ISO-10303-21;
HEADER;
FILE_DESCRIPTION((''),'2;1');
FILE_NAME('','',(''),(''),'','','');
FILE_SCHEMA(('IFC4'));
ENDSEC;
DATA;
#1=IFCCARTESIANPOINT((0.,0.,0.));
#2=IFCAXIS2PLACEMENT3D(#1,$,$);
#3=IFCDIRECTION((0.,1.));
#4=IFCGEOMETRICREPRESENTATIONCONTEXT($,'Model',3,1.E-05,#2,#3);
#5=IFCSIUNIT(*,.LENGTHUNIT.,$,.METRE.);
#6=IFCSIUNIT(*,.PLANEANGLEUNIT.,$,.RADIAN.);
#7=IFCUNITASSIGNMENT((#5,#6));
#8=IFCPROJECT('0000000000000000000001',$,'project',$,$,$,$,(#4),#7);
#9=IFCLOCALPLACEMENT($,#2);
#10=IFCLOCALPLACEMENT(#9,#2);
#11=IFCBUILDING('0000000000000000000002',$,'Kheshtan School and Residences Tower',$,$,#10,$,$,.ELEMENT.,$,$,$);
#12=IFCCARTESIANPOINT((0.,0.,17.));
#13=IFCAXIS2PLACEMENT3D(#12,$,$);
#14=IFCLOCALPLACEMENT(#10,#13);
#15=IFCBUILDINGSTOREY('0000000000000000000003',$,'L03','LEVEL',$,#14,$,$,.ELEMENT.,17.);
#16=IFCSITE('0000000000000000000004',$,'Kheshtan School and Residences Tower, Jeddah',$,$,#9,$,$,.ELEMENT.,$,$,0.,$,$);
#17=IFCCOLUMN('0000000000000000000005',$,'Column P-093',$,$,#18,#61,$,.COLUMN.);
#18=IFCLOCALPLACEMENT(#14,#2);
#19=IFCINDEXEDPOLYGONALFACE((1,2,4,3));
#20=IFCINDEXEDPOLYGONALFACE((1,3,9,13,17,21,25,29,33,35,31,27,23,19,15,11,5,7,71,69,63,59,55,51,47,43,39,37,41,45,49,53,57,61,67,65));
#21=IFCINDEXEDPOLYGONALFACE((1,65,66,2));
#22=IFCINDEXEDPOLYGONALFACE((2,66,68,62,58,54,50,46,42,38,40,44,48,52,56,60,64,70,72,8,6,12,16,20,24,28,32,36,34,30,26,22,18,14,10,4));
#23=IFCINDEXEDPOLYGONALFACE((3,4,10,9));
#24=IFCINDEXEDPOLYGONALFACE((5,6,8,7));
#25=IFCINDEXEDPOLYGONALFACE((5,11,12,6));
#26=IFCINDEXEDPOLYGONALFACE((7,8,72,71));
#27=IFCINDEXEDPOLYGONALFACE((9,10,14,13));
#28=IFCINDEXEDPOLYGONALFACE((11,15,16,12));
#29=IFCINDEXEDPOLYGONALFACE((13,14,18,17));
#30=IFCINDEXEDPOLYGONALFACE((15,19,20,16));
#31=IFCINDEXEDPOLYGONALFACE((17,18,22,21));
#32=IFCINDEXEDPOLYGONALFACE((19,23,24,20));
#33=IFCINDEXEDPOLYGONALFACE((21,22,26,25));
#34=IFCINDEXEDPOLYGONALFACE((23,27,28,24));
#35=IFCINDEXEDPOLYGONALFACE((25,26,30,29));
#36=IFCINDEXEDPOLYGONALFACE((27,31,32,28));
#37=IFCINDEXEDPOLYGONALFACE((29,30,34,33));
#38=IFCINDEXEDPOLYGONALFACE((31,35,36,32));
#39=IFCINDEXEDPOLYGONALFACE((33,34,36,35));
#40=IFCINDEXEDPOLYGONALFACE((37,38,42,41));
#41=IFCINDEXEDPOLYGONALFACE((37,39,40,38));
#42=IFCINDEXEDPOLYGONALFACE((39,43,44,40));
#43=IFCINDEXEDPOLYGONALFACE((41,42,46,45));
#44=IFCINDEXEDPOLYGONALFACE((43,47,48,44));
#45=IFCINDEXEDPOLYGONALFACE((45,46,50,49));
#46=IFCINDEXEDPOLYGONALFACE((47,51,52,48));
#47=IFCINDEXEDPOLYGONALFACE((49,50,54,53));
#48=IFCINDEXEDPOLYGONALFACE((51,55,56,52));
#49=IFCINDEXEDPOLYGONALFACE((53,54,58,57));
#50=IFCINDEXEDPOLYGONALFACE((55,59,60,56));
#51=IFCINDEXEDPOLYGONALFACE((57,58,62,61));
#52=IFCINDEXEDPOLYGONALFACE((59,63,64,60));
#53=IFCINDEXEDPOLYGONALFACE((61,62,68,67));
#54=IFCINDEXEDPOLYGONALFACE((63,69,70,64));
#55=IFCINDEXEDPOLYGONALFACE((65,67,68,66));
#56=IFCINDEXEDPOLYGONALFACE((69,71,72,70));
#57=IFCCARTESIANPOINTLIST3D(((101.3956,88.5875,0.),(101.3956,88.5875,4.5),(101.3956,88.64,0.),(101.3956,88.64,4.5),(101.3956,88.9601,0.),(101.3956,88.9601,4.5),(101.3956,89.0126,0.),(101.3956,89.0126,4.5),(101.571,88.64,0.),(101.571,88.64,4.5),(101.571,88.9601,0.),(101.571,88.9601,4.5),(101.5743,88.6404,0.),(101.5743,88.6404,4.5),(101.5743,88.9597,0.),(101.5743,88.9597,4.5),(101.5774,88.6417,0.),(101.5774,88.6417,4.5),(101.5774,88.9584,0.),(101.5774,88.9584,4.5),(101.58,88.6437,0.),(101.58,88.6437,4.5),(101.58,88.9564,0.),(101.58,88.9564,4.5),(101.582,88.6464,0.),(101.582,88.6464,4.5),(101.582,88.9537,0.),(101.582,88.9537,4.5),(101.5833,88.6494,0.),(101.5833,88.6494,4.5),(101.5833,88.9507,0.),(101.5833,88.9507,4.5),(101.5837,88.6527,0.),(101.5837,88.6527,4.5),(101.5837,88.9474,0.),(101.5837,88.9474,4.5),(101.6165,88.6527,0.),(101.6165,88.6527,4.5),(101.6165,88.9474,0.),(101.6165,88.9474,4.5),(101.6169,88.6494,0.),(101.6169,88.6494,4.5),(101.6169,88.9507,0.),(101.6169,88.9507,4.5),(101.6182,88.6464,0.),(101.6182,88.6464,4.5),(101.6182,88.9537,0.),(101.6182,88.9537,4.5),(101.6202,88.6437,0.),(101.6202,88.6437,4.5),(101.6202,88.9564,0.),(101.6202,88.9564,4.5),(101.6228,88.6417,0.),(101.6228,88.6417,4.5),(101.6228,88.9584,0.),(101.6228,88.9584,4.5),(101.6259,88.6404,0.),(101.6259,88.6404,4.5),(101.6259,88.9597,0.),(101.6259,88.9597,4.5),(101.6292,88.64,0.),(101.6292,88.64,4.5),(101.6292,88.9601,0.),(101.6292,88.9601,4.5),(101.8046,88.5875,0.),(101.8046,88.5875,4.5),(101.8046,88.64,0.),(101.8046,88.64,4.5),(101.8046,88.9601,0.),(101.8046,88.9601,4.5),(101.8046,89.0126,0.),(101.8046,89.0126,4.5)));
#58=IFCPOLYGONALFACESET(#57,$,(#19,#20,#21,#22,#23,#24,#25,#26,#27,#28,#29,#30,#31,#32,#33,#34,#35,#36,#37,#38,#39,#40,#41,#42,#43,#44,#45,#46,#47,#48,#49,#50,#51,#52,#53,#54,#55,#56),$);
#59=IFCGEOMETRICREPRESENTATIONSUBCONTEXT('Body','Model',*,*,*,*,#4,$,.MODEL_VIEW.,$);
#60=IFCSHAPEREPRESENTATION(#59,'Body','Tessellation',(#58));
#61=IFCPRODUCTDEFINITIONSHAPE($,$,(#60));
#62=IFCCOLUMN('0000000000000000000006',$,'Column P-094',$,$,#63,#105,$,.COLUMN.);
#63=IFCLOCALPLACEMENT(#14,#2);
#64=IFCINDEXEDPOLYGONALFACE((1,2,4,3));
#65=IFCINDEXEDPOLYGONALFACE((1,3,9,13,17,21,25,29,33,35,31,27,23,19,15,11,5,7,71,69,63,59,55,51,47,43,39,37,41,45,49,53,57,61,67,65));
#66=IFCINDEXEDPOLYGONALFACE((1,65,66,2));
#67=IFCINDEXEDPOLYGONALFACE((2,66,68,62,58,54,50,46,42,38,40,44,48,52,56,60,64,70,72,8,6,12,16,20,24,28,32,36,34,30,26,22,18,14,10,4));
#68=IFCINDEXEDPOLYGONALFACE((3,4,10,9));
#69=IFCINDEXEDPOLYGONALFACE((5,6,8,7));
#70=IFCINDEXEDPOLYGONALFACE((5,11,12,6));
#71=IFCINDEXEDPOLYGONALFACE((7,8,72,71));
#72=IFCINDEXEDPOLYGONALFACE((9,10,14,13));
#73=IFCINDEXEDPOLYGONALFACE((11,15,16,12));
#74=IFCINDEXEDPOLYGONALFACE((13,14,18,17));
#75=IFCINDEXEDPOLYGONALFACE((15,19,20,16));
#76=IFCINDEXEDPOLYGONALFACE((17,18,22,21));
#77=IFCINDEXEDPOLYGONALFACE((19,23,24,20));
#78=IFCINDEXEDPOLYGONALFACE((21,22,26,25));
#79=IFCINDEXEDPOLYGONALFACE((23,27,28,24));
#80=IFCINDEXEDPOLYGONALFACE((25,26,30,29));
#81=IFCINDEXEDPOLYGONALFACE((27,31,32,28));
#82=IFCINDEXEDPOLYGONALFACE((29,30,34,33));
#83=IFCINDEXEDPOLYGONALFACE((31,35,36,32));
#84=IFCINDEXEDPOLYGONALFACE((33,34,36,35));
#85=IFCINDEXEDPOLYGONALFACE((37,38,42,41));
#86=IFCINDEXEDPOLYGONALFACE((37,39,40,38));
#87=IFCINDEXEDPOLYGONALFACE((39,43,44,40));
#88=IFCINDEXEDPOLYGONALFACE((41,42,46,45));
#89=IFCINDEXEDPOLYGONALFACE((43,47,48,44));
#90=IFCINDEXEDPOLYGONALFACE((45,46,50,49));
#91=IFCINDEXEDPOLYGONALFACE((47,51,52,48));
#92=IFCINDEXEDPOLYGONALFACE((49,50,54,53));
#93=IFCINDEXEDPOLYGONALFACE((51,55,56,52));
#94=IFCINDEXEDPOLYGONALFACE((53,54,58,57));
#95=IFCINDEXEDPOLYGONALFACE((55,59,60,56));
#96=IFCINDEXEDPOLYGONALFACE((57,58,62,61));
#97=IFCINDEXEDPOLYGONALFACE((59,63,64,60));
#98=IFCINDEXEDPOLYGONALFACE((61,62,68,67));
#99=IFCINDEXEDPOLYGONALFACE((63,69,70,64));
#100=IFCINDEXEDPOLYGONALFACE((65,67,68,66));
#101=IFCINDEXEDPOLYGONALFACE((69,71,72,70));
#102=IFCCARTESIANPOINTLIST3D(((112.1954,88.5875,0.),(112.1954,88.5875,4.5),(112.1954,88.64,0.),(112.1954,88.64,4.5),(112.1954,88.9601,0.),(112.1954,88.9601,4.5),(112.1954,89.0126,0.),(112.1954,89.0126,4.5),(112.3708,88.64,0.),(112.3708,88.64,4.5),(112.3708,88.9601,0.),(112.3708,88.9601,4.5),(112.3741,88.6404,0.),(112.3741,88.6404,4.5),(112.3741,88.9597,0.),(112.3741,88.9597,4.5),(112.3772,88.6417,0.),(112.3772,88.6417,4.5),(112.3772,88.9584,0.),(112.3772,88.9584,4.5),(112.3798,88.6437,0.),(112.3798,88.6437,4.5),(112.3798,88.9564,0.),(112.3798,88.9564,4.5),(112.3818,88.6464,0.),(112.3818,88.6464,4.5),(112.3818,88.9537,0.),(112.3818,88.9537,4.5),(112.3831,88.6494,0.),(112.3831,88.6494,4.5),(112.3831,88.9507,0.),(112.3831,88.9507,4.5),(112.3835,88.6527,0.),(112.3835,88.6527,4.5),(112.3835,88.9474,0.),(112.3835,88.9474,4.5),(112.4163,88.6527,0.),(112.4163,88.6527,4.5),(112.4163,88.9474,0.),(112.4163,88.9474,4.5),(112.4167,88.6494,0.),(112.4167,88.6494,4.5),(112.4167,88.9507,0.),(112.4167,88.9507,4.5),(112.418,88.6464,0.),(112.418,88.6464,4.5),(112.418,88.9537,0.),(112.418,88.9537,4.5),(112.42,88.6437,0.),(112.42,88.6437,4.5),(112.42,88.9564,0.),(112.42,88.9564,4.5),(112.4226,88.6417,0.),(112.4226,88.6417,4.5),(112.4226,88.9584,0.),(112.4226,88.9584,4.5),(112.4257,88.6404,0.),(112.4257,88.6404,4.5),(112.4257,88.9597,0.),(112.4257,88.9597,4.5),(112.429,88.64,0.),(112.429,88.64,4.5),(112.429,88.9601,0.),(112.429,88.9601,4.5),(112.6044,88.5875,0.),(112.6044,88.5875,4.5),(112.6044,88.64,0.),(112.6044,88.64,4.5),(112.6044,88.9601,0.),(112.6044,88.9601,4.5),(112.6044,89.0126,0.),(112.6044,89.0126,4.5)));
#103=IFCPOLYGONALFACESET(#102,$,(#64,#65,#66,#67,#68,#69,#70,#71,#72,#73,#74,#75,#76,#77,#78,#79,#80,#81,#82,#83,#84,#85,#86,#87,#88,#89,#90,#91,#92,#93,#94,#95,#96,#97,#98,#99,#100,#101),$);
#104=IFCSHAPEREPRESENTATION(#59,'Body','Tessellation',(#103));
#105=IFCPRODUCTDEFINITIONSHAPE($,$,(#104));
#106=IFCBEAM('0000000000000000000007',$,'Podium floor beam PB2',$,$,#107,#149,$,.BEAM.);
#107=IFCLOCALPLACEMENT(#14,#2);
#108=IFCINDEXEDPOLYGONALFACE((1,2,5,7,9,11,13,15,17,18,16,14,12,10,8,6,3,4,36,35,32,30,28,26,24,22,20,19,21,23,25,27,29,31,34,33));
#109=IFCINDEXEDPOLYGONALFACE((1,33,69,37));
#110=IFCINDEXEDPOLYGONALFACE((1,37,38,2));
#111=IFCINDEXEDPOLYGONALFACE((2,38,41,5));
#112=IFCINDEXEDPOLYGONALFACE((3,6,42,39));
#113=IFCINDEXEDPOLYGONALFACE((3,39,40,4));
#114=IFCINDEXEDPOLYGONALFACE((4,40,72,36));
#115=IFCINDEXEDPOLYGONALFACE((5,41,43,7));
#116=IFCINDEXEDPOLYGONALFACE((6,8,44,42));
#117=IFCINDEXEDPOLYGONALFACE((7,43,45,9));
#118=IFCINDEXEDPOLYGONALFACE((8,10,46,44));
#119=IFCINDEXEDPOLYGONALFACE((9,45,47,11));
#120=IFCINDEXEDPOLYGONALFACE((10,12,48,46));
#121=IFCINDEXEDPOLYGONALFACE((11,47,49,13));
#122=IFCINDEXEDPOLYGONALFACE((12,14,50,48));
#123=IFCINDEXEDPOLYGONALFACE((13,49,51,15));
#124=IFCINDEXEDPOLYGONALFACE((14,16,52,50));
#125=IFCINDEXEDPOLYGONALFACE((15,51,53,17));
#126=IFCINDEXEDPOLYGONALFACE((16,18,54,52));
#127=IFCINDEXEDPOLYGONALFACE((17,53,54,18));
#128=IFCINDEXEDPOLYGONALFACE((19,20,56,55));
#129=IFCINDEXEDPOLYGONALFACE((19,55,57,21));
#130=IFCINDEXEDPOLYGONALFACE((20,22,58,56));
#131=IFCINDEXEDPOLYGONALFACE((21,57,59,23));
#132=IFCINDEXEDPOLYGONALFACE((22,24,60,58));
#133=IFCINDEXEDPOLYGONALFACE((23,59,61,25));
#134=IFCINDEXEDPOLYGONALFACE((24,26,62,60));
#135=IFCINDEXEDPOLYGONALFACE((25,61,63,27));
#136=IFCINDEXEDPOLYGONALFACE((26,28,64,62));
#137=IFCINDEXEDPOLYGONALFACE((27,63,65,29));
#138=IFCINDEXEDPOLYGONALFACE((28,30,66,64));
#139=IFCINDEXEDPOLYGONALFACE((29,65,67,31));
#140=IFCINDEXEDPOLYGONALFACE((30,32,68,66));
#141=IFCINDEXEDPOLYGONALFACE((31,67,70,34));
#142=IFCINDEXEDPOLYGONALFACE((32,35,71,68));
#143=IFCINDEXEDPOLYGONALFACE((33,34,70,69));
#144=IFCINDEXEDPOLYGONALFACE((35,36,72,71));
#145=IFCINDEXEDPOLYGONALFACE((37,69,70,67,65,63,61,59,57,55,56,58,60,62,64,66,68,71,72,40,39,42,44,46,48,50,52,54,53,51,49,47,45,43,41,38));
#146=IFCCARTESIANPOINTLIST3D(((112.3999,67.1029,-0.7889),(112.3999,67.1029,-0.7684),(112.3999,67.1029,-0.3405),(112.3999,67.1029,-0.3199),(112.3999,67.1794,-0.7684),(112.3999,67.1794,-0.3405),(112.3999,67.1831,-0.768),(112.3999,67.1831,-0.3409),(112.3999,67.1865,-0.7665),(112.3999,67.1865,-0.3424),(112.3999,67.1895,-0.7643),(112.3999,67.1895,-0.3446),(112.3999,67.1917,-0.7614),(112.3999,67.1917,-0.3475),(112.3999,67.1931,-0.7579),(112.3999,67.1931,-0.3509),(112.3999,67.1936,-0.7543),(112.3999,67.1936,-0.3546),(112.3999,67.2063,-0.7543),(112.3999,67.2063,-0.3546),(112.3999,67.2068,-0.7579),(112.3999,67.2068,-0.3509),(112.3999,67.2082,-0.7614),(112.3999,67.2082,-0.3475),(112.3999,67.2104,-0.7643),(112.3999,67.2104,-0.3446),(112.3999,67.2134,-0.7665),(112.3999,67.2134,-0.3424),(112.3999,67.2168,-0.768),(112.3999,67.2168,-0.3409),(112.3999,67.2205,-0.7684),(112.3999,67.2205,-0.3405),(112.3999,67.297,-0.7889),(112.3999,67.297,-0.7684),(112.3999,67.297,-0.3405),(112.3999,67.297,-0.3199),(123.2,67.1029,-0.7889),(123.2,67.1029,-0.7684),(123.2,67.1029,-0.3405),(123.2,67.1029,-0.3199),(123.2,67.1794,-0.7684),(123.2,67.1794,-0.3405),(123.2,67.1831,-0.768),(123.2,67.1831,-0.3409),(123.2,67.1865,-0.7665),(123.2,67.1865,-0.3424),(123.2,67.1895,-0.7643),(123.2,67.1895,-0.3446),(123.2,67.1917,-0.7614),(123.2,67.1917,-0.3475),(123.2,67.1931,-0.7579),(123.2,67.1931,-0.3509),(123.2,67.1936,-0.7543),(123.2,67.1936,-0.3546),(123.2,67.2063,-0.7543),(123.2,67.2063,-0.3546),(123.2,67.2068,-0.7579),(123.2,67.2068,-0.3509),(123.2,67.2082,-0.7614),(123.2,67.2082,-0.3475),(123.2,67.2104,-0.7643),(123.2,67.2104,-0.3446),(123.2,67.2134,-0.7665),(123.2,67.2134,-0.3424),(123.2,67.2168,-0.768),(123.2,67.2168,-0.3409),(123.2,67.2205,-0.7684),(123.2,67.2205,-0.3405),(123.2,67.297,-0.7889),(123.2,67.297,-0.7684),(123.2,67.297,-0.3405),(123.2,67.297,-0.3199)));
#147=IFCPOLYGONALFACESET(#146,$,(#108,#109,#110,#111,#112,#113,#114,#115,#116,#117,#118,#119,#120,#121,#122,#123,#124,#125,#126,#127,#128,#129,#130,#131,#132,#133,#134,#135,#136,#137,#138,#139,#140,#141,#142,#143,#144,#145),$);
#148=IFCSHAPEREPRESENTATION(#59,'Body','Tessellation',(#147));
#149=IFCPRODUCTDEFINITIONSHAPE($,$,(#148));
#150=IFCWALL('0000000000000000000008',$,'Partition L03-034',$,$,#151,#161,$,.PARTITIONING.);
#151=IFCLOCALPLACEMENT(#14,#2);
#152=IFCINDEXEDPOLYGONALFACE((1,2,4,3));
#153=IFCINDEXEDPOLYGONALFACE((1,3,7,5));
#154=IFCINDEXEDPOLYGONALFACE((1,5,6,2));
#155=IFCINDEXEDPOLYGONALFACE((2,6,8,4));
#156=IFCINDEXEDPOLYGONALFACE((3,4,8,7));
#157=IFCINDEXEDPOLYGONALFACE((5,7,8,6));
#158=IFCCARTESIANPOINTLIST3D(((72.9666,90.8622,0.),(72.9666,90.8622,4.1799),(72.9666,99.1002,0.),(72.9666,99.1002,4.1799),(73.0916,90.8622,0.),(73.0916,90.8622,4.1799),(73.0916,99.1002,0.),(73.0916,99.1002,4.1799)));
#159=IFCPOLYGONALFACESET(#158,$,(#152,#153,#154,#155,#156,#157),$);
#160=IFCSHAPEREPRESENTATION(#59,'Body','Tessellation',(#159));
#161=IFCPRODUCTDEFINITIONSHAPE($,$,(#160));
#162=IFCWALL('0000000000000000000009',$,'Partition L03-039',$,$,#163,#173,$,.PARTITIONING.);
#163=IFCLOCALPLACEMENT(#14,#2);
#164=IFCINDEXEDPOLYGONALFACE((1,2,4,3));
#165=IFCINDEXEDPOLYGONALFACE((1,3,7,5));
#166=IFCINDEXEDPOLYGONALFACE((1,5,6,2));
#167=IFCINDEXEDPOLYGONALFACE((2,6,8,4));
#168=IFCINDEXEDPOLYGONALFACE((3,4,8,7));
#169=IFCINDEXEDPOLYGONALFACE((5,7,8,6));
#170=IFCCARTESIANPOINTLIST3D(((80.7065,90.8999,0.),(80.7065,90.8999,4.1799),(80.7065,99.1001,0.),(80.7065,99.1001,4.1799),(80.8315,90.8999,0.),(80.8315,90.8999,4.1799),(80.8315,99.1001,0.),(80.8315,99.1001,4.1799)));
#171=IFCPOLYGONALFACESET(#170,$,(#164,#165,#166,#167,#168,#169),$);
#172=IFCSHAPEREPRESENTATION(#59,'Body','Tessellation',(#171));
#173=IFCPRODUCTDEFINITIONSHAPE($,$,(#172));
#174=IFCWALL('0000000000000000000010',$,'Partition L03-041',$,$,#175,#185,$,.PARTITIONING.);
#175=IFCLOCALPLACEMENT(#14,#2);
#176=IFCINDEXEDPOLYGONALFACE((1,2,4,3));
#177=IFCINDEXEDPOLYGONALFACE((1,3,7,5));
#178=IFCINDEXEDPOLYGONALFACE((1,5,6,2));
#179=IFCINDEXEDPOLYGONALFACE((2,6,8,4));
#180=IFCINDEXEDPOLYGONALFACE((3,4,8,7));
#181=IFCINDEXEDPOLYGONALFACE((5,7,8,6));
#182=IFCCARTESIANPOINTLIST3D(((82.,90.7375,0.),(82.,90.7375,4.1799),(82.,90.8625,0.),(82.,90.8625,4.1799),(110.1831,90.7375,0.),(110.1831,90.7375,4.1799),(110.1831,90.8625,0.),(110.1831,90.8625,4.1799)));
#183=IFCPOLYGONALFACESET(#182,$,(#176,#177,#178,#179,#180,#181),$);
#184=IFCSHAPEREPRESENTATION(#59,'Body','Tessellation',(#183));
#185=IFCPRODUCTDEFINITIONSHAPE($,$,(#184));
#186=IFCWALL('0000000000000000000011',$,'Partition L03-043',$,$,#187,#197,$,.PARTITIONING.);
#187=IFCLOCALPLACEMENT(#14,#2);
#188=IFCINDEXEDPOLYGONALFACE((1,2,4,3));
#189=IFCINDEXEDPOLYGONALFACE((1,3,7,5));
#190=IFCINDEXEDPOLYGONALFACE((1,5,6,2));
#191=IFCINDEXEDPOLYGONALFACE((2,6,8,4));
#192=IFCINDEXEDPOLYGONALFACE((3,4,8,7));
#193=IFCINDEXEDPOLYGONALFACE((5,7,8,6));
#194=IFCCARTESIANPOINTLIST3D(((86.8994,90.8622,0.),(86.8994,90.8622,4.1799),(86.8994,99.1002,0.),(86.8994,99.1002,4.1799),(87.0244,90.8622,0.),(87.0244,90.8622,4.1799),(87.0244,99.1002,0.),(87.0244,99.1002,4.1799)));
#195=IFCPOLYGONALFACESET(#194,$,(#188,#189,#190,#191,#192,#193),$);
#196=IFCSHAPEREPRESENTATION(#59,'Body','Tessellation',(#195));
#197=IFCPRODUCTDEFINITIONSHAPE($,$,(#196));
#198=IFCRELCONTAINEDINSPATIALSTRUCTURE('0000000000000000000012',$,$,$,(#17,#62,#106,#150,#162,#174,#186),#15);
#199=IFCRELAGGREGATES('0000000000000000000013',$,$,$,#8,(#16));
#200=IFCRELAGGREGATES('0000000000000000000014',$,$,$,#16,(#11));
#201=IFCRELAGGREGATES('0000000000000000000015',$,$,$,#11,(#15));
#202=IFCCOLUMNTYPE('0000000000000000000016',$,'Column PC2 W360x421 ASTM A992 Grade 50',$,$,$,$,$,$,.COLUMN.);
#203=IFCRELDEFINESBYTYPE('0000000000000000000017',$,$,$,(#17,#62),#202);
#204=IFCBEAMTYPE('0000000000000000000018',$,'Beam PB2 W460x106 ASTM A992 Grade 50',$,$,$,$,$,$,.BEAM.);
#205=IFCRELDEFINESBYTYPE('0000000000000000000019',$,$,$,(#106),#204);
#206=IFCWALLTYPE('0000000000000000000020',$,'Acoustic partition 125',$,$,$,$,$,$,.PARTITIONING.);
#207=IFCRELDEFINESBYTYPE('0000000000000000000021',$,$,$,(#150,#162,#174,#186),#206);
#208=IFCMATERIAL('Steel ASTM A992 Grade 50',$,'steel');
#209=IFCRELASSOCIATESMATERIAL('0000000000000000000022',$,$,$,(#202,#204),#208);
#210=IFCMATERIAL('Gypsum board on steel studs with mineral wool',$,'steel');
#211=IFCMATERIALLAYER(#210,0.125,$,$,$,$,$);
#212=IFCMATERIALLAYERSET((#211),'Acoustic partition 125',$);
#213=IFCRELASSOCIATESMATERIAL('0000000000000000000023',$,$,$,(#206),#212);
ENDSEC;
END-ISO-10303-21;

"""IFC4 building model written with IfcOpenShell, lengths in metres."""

from ifc_helpers import new_model, si_unit, direction, frame, frame_2d, origin, origin_2d, place, context, subcontext, project, spatial, rectangle, i_section, extrude, material, layer, layer_set, material_profile, profile_set, type_object, element, save


model = new_model("IFC4")

# Units and contexts
model_context = context("Model", 3, precision=1e-05, world=origin(), true_north=direction((0.0, 1.0)))
body_context = subcontext(model_context, "Body", "Model", "MODEL_VIEW")
ifc_project = project(units=[si_unit("LENGTHUNIT", "METRE"), si_unit("PLANEANGLEUNIT", "RADIAN")], contexts=[model_context])

# Site, building, storey
site_placement = place(None, origin())
site = spatial("IfcSite", under=ifc_project, at=site_placement, Name="Kheshtan School and Residences Tower, Jeddah", CompositionType="ELEMENT", RefElevation=0.0)
building_placement = place(site_placement, origin())
building = spatial("IfcBuilding", under=site, at=building_placement, Name="Kheshtan School and Residences Tower", CompositionType="ELEMENT")
storey_placement = place(building_placement, frame((0.0, 0.0, 17.0)))
storey = spatial("IfcBuildingStorey", under=building, at=storey_placement, Name="L03", Description="LEVEL", CompositionType="ELEMENT", Elevation=17.0)

# Columns
ifc_material_1 = material(Name="Steel ASTM A992 Grade 50", Category="steel")
ifc_material_profile_1 = material_profile(ifc_material_1, i_section(OverallWidth=0.4089, OverallDepth=0.425, WebThickness=0.0327, FlangeThickness=0.0525, FilletRadius=0.0127, at=origin_2d()), Name="W360x421")
ifc_profile_set_1 = profile_set([ifc_material_profile_1], Name="Steel ASTM A992 Grade 50")
column_type = type_object("IfcColumnType", Name="Column PC2 W360x421 ASTM A992 Grade 50", PredefinedType="COLUMN", material=ifc_profile_set_1)
for number, where, z_axis, x_axis, name in (
    (1, (101.6001, 88.8, 0.0), (0.0, 0.0, 1.0), (1.0, 0.0, 0.0), "Column P-093"),
    (2, (112.3999, 88.8, 0.0), (0.0, 0.0, 1.0), (1.0, 0.0, 0.0), "Column P-094"),
):
    element("IfcColumn", number, at=place(storey_placement, frame(where, z_axis=z_axis, x_axis=x_axis)), inside=storey, type_object=column_type, Name=name, PredefinedType="COLUMN", context=body_context, shape_type="SweptSolid", body=[
        extrude(i_section(OverallWidth=0.4089, OverallDepth=0.425, WebThickness=0.0327, FlangeThickness=0.0525, FilletRadius=0.0127, at=origin_2d()), origin(), (0.0, 0.0, 1.0), 4.5),
    ])

# Beam
ifc_material_profile_2 = material_profile(ifc_material_1, i_section(OverallWidth=0.1941, OverallDepth=0.469, WebThickness=0.0127, FlangeThickness=0.0205, FilletRadius=0.0142, at=origin_2d()), Name="W460x106")
ifc_profile_set_2 = profile_set([ifc_material_profile_2], Name="Steel ASTM A992 Grade 50")
beam_type = type_object("IfcBeamType", Name="Beam PB2 W460x106 ASTM A992 Grade 50", PredefinedType="BEAM", material=ifc_profile_set_2)
beam_placement = place(storey_placement, frame((112.3999, 67.2, -0.5544), z_axis=(1.0, 0.0, 0.0), x_axis=(0.0, 1.0, 0.0)))
element("IfcBeam", 3, at=beam_placement, inside=storey, type_object=beam_type, Name="Podium floor beam PB2", PredefinedType="BEAM", context=body_context, shape_type="SweptSolid", body=[
    extrude(i_section(OverallWidth=0.1941, OverallDepth=0.469, WebThickness=0.0127, FlangeThickness=0.0205, FilletRadius=0.0142, at=origin_2d()), origin(), (0.0, 0.0, 1.0), 10.8),
])

# Walls
ifc_material_2 = material(Name="Gypsum board on steel studs with mineral wool", Category="steel")
ifc_layer_1 = layer(ifc_material_2, 0.125)
ifc_layer_set_1 = layer_set([ifc_layer_1], Name="Acoustic partition 125")
wall_type_1 = type_object("IfcWallType", Name="Acoustic partition 125", PredefinedType="PARTITIONING", material=ifc_layer_set_1)
wall_1_placement = place(storey_placement, frame((73.0291, 90.8621, 0.0), z_axis=(0.0, 0.0, 1.0), x_axis=(0.0, 1.0, 0.0)))
element("IfcWall", 4, at=wall_1_placement, inside=storey, type_object=wall_type_1, Name="Partition L03-034", PredefinedType="PARTITIONING", context=body_context, shape_type="SweptSolid", body=[
    extrude(rectangle(XDim=8.238, YDim=0.125, at=frame_2d((4.1191, 0.0))), origin(), (0.0, 0.0, 1.0), 4.1799),
])
wall_2_placement = place(storey_placement, frame((80.769, 90.8999, 0.0), z_axis=(0.0, 0.0, 1.0), x_axis=(0.0, 1.0, 0.0)))
element("IfcWall", 5, at=wall_2_placement, inside=storey, type_object=wall_type_1, Name="Partition L03-039", PredefinedType="PARTITIONING", context=body_context, shape_type="SweptSolid", body=[
    extrude(rectangle(XDim=8.2002, YDim=0.125, at=frame_2d((4.1001, 0.0))), origin(), (0.0, 0.0, 1.0), 4.1799),
])
wall_3_placement = place(storey_placement, frame((82.0, 90.8, 0.0), z_axis=(0.0, 0.0, 1.0), x_axis=(1.0, 0.0, 0.0)))
element("IfcWall", 6, at=wall_3_placement, inside=storey, type_object=wall_type_1, Name="Partition L03-041", PredefinedType="PARTITIONING", context=body_context, shape_type="SweptSolid", body=[
    extrude(rectangle(XDim=28.1831, YDim=0.125, at=frame_2d((14.0916, 0.0))), origin(), (0.0, 0.0, 1.0), 4.1799),
])
for number, where, z_axis, x_axis, name in (
    (7, (86.9619, 90.8621, 0.0), (0.0, 0.0, 1.0), (0.0, 1.0, 0.0), "Partition L03-043"),
):
    element("IfcWall", number, at=place(storey_placement, frame(where, z_axis=z_axis, x_axis=x_axis)), inside=storey, type_object=wall_type_1, Name=name, PredefinedType="PARTITIONING", context=body_context, shape_type="SweptSolid", body=[
        extrude(rectangle(XDim=8.238, YDim=0.125, at=frame_2d((4.1191, 0.0))), origin(), (0.0, 0.0, 1.0), 4.1799),
    ])

save(model, "model.ifc")
